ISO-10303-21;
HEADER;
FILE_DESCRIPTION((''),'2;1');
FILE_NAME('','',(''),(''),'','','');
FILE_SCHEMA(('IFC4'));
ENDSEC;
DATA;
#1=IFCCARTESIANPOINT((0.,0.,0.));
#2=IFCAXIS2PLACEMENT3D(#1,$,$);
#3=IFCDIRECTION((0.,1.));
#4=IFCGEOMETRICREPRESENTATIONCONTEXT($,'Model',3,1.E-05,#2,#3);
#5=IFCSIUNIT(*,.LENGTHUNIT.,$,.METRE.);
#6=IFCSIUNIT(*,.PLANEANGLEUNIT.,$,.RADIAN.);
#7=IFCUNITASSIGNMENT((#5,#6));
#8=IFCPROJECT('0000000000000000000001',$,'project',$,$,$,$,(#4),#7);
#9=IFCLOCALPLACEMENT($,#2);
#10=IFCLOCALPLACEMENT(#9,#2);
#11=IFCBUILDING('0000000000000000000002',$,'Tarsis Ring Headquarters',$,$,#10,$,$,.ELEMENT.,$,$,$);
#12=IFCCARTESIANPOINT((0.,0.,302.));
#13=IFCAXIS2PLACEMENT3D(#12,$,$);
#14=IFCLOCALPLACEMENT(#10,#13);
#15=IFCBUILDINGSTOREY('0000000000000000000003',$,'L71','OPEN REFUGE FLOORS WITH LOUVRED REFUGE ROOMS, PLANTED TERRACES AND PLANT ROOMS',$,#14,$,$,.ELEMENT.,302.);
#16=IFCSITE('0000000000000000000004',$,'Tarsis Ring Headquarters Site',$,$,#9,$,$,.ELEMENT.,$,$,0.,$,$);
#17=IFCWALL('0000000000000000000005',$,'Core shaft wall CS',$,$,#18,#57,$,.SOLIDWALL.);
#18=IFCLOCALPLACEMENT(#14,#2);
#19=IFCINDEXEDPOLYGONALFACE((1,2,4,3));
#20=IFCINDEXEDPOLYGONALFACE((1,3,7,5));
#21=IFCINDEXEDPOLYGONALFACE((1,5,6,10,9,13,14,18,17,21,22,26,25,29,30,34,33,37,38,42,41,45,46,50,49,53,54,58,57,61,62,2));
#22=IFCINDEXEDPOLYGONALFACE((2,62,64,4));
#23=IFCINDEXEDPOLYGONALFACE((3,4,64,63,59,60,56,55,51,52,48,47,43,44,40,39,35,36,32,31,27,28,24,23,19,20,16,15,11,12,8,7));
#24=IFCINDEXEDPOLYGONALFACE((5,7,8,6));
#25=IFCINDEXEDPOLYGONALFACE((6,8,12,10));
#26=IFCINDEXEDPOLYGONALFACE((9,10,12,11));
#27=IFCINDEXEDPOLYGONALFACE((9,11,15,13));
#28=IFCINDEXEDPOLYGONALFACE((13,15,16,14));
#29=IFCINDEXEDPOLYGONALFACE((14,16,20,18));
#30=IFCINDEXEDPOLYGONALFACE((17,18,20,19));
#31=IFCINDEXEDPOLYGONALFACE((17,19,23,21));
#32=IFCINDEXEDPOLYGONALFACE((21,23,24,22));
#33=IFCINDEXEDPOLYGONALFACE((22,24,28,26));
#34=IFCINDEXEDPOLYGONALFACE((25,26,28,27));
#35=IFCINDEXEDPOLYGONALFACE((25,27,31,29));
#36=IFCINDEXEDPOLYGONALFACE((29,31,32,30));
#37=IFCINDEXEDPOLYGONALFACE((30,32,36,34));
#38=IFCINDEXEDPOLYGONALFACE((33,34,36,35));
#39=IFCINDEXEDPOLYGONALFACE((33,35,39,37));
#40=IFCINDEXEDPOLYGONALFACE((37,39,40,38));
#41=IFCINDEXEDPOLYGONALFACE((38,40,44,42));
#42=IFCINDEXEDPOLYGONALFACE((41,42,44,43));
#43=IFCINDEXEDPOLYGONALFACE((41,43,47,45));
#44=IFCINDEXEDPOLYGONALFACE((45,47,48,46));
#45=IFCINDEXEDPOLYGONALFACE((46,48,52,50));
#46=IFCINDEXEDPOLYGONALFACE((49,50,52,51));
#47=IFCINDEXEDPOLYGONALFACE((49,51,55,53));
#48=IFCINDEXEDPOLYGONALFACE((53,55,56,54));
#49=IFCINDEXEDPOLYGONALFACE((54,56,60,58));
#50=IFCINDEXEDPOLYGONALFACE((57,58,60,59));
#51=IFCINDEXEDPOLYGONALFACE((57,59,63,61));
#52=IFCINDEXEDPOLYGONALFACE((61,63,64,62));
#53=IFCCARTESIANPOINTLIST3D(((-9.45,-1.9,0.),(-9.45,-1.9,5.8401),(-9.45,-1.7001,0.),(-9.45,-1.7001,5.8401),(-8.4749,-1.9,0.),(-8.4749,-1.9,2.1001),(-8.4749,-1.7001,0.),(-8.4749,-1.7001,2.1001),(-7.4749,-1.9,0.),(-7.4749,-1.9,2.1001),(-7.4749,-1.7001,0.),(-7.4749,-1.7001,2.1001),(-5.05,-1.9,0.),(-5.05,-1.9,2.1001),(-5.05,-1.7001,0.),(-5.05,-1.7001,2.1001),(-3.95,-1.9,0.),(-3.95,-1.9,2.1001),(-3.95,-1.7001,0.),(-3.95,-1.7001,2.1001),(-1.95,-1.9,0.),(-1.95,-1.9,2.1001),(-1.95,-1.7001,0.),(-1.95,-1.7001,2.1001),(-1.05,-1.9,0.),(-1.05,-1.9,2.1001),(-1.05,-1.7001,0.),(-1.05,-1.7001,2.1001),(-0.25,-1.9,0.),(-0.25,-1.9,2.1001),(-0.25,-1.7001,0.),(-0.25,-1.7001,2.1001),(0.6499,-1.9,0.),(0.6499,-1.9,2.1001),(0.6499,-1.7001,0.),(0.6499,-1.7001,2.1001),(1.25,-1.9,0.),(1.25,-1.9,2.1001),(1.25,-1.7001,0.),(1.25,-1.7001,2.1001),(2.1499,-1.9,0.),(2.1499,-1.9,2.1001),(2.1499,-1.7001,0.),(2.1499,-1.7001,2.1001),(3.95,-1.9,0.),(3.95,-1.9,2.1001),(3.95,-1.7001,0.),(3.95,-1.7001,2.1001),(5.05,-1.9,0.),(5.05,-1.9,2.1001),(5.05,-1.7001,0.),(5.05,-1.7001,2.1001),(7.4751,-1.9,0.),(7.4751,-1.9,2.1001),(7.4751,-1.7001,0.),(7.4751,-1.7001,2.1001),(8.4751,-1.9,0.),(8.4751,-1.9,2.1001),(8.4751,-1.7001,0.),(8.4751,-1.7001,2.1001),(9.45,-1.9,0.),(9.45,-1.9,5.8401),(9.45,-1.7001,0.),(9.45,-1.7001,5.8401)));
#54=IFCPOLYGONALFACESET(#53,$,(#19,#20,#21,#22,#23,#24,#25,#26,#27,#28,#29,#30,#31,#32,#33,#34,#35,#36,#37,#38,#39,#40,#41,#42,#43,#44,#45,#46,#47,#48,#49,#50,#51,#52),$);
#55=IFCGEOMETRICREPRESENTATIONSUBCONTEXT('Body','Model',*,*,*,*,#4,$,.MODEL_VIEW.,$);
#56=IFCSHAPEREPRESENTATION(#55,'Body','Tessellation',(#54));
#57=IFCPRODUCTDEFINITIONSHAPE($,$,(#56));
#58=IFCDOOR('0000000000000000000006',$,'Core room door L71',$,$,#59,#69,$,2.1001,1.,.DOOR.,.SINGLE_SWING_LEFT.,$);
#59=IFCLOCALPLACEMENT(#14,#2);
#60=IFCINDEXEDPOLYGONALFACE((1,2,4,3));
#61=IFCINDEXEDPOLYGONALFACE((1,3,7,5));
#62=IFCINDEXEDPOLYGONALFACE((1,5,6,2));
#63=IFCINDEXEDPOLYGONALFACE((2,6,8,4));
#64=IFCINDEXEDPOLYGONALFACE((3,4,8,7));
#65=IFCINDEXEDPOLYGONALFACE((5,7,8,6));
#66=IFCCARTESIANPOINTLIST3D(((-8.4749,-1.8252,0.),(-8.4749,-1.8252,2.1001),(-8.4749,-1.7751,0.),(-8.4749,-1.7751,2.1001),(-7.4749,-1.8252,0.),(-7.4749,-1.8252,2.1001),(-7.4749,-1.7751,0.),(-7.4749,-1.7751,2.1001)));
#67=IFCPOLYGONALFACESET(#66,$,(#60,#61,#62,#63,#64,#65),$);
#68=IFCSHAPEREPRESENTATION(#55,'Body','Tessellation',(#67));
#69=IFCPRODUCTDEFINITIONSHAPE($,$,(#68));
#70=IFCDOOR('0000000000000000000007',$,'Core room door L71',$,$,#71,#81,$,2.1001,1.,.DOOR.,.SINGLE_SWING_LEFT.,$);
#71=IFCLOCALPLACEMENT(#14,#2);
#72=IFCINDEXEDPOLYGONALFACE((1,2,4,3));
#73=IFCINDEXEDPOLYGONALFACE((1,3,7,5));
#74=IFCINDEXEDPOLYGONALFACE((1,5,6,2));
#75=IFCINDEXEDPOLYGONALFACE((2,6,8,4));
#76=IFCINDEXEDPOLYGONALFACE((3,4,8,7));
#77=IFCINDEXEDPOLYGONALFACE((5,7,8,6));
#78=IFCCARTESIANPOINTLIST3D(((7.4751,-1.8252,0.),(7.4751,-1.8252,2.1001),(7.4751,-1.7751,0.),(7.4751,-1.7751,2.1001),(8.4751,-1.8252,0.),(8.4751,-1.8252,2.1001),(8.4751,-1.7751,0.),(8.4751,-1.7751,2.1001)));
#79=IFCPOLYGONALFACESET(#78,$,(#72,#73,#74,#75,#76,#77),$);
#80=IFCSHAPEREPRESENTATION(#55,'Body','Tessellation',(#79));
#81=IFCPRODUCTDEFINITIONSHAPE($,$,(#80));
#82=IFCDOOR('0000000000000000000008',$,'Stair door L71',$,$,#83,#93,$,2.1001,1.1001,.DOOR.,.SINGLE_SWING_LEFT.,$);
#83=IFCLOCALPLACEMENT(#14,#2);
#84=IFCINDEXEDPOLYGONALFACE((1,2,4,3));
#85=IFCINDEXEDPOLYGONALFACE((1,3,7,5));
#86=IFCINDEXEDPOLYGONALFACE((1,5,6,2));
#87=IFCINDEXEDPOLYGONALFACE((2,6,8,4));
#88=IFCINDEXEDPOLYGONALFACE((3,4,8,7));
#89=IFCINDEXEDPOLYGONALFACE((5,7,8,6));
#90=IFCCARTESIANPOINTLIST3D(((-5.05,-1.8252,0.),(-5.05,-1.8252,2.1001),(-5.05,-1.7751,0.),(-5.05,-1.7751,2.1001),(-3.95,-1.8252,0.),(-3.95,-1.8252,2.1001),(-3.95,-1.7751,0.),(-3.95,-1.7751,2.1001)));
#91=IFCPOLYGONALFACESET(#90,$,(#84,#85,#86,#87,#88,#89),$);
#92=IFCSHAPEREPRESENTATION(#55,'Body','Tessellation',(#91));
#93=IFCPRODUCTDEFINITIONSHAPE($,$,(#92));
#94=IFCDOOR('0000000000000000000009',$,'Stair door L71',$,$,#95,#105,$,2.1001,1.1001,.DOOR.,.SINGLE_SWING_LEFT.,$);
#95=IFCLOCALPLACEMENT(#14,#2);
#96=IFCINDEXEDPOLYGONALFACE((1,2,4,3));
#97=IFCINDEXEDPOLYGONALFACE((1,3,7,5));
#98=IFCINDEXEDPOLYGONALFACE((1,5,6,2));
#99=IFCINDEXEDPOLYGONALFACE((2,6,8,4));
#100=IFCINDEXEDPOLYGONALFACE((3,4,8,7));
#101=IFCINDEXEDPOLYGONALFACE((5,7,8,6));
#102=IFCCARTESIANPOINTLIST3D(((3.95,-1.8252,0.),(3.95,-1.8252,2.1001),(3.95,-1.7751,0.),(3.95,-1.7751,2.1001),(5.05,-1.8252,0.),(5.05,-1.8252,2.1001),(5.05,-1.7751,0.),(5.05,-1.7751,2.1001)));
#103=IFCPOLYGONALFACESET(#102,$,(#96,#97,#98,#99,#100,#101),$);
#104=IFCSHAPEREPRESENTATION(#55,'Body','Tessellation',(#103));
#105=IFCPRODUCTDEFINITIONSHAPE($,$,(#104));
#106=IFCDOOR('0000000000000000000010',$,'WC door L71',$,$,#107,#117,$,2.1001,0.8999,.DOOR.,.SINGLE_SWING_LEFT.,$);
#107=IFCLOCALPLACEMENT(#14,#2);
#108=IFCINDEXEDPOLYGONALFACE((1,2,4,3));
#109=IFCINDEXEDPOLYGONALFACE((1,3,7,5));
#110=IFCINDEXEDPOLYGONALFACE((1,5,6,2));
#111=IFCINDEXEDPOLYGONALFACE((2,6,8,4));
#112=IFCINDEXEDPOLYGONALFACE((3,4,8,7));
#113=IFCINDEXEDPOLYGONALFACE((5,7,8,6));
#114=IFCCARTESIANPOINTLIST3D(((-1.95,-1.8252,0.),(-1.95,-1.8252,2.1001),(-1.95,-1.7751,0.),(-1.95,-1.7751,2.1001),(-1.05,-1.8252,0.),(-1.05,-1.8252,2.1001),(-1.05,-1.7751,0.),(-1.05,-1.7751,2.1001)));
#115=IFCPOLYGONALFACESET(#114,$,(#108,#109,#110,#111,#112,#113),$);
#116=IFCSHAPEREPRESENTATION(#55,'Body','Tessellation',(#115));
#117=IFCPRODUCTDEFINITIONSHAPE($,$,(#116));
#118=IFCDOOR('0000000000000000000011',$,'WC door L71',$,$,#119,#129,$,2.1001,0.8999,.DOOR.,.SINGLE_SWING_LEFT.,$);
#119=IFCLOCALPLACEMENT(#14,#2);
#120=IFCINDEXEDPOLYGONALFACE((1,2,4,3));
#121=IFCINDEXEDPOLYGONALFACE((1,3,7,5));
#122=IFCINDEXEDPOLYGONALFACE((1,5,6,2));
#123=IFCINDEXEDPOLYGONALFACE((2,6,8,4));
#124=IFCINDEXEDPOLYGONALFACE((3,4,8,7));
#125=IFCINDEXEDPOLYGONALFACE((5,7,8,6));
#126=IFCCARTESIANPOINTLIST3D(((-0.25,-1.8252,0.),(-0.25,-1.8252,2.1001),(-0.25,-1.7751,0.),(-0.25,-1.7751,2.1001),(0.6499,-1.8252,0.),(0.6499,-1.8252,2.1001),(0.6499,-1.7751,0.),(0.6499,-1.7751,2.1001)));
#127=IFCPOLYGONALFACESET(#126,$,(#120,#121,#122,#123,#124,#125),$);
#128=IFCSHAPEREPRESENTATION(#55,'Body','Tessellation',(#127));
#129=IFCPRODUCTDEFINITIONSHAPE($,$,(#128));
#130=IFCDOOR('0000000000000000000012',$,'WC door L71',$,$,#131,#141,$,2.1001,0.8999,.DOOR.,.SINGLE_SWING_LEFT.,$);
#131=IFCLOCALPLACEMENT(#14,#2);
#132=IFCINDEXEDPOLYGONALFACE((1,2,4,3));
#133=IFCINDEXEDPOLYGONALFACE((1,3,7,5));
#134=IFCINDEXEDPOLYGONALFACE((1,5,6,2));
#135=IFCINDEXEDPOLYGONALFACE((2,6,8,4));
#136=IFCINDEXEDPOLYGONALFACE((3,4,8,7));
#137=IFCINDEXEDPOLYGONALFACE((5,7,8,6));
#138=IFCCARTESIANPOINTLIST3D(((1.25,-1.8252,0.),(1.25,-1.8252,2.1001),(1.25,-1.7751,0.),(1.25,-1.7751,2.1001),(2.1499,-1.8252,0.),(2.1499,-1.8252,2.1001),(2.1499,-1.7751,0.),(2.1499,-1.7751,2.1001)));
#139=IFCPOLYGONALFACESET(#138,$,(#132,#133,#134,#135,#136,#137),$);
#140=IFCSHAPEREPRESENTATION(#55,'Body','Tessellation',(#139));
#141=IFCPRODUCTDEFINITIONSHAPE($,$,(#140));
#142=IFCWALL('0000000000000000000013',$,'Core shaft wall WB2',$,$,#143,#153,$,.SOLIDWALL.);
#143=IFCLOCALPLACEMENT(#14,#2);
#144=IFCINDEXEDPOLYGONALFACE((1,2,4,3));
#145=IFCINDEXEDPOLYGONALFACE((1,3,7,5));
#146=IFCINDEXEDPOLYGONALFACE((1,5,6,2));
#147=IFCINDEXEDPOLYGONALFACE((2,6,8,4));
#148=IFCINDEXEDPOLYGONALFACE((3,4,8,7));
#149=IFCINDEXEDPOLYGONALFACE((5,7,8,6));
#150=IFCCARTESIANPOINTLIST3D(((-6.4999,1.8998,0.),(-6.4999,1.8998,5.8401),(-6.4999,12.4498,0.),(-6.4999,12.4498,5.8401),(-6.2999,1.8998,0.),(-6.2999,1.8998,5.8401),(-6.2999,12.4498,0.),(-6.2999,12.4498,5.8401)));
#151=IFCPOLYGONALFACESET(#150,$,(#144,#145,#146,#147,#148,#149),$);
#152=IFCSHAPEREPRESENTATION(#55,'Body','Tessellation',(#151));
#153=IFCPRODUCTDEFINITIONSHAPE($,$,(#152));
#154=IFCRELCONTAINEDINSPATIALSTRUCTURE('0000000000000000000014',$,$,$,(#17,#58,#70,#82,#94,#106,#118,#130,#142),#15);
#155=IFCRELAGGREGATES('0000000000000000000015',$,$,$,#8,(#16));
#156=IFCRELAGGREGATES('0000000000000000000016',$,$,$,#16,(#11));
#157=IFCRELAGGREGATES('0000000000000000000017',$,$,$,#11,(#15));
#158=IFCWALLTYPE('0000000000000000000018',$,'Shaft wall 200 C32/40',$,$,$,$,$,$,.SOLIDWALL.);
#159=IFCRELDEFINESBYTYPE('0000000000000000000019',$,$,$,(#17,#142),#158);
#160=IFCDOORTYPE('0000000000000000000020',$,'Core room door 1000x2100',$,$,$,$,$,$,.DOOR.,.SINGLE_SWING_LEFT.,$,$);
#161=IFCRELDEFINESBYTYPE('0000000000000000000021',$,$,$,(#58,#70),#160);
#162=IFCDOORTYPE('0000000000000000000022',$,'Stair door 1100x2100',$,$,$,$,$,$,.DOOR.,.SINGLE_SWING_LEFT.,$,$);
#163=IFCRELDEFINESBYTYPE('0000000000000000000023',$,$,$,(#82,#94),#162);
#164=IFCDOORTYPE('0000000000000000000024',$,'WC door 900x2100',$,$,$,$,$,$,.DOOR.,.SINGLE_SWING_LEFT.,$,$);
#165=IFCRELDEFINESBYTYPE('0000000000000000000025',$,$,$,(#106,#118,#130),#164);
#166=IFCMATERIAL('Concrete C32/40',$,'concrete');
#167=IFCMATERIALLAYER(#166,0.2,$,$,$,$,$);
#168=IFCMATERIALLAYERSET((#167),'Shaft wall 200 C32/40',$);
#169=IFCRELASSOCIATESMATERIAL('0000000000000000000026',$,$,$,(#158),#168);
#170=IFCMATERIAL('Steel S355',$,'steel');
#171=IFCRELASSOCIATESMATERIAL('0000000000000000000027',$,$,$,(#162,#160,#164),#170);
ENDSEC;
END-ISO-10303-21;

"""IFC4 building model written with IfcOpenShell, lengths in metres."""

from ifc_helpers import new_model, si_unit, direction, frame, frame_2d, origin, place, context, subcontext, project, spatial, rectangle, extrude, material, layer, layer_set, type_object, element, fill, save


model = new_model("IFC4")

# Units and contexts
model_context = context("Model", 3, precision=1e-05, world=origin(), true_north=direction((0.0, 1.0)))
body_context = subcontext(model_context, "Body", "Model", "MODEL_VIEW")
ifc_project = project(units=[si_unit("LENGTHUNIT", "METRE"), si_unit("PLANEANGLEUNIT", "RADIAN")], contexts=[model_context])

# Site, building, storey
site_placement = place(None, origin())
site = spatial("IfcSite", under=ifc_project, at=site_placement, Name="Tarsis Ring Headquarters Site", CompositionType="ELEMENT", RefElevation=0.0)
building_placement = place(site_placement, origin())
building = spatial("IfcBuilding", under=site, at=building_placement, Name="Tarsis Ring Headquarters", CompositionType="ELEMENT")
storey_placement = place(building_placement, frame((0.0, 0.0, 302.0)))
storey = spatial("IfcBuildingStorey", under=building, at=storey_placement, Name="L71", Description="OPEN REFUGE FLOORS WITH LOUVRED REFUGE ROOMS, PLANTED TERRACES AND PLANT ROOMS", CompositionType="ELEMENT", Elevation=302.0)

# Wall, openings, doors
ifc_material_1 = material(Name="Concrete C32/40", Category="concrete")
ifc_layer_1 = layer(ifc_material_1, 0.2)
ifc_layer_set_1 = layer_set([ifc_layer_1], Name="Shaft wall 200 C32/40")
wall_type_1 = type_object("IfcWallType", Name="Shaft wall 200 C32/40", PredefinedType="SOLIDWALL", material=ifc_layer_set_1)
ifc_material_2 = material(Name="Steel S355", Category="steel")
door_type_1 = type_object("IfcDoorType", Name="Stair door 1100x2100", OperationType="SINGLE_SWING_LEFT", PredefinedType="DOOR", material=ifc_material_2)
wall_1_placement = place(storey_placement, frame((-9.45, -1.8, 0.0), z_axis=(0.0, 0.0, 1.0), x_axis=(1.0, 0.0, 0.0)))
wall_1 = element("IfcWall", 1, at=wall_1_placement, inside=storey, type_object=wall_type_1, Name="Core shaft wall CS", PredefinedType="SOLIDWALL", context=body_context, shape_type="SweptSolid", body=[
    extrude(rectangle(XDim=18.8999, YDim=0.2, at=frame_2d((9.45, 0.0))), origin(), (0.0, 0.0, 1.0), 5.8401),
])
opening_1_placement = place(wall_1_placement, frame((0.9751, 0.0, 0.0)))
opening_1 = element("IfcOpeningElement", 2, at=opening_1_placement, cuts=wall_1, PredefinedType="OPENING", context=body_context, shape_type="SweptSolid", body=[
    extrude(rectangle(XDim=1.0, YDim=2.1001, at=frame_2d((0.5, 1.05))), frame((0.0, 0.1099, 0.0), z_axis=(0.0, -1.0, 0.0), x_axis=(1.0, 0.0, 0.0)), (0.0, 0.0, 1.0), 0.22),
])
opening_2_placement = place(wall_1_placement, frame((4.3999, 0.0, 0.0)))
opening_2 = element("IfcOpeningElement", 3, at=opening_2_placement, cuts=wall_1, PredefinedType="OPENING", context=body_context, shape_type="SweptSolid", body=[
    extrude(rectangle(XDim=1.1001, YDim=2.1001, at=frame_2d((0.55, 1.05))), frame((0.0, 0.1099, 0.0), z_axis=(0.0, -1.0, 0.0), x_axis=(1.0, 0.0, 0.0)), (0.0, 0.0, 1.0), 0.22),
])
opening_3_placement = place(wall_1_placement, frame((7.5, 0.0, 0.0)))
opening_3 = element("IfcOpeningElement", 4, at=opening_3_placement, cuts=wall_1, PredefinedType="OPENING", context=body_context, shape_type="SweptSolid", body=[
    extrude(rectangle(XDim=0.8999, YDim=2.1001, at=frame_2d((0.45, 1.05))), frame((0.0, 0.1099, 0.0), z_axis=(0.0, -1.0, 0.0), x_axis=(1.0, 0.0, 0.0)), (0.0, 0.0, 1.0), 0.22),
])
opening_4_placement = place(wall_1_placement, frame((9.2, 0.0, 0.0)))
opening_4 = element("IfcOpeningElement", 5, at=opening_4_placement, cuts=wall_1, PredefinedType="OPENING", context=body_context, shape_type="SweptSolid", body=[
    extrude(rectangle(XDim=0.8999, YDim=2.1001, at=frame_2d((0.45, 1.05))), frame((0.0, 0.1099, 0.0), z_axis=(0.0, -1.0, 0.0), x_axis=(1.0, 0.0, 0.0)), (0.0, 0.0, 1.0), 0.22),
])
opening_5_placement = place(wall_1_placement, frame((10.7, 0.0, 0.0)))
opening_5 = element("IfcOpeningElement", 6, at=opening_5_placement, cuts=wall_1, PredefinedType="OPENING", context=body_context, shape_type="SweptSolid", body=[
    extrude(rectangle(XDim=0.8999, YDim=2.1001, at=frame_2d((0.45, 1.05))), frame((0.0, 0.1099, 0.0), z_axis=(0.0, -1.0, 0.0), x_axis=(1.0, 0.0, 0.0)), (0.0, 0.0, 1.0), 0.22),
])
opening_6_placement = place(wall_1_placement, frame((13.3999, 0.0, 0.0)))
opening_6 = element("IfcOpeningElement", 7, at=opening_6_placement, cuts=wall_1, PredefinedType="OPENING", context=body_context, shape_type="SweptSolid", body=[
    extrude(rectangle(XDim=1.1001, YDim=2.1001, at=frame_2d((0.55, 1.05))), frame((0.0, 0.1099, 0.0), z_axis=(0.0, -1.0, 0.0), x_axis=(1.0, 0.0, 0.0)), (0.0, 0.0, 1.0), 0.22),
])
opening_7_placement = place(wall_1_placement, frame((16.925, 0.0, 0.0)))
opening_7 = element("IfcOpeningElement", 8, at=opening_7_placement, cuts=wall_1, PredefinedType="OPENING", context=body_context, shape_type="SweptSolid", body=[
    extrude(rectangle(XDim=1.0, YDim=2.1001, at=frame_2d((0.5, 1.05))), frame((0.0, 0.1099, 0.0), z_axis=(0.0, -1.0, 0.0), x_axis=(1.0, 0.0, 0.0)), (0.0, 0.0, 1.0), 0.22),
])
door_type_2 = type_object("IfcDoorType", Name="Core room door 1000x2100", OperationType="SINGLE_SWING_LEFT", PredefinedType="DOOR", material=ifc_material_2)
door_1_placement = place(opening_1_placement, origin())
door_1 = element("IfcDoor", 9, at=door_1_placement, inside=storey, type_object=door_type_2, Name="Core room door L71", OperationType="SINGLE_SWING_LEFT", OverallHeight=2.1001, OverallWidth=1.0, PredefinedType="DOOR", context=body_context, shape_type="SweptSolid", body=[
    extrude(rectangle(XDim=1.0, YDim=2.1001, at=frame_2d((0.5, 1.05))), frame((0.0, 0.0249, 0.0), z_axis=(0.0, -1.0, 0.0), x_axis=(1.0, 0.0, 0.0)), (0.0, 0.0, 1.0), 0.05),
])
fill(opening_1, door_1)
door_2_placement = place(opening_7_placement, origin())
door_2 = element("IfcDoor", 10, at=door_2_placement, inside=storey, type_object=door_type_2, Name="Core room door L71", OperationType="SINGLE_SWING_LEFT", OverallHeight=2.1001, OverallWidth=1.0, PredefinedType="DOOR", context=body_context, shape_type="SweptSolid", body=[
    extrude(rectangle(XDim=1.0, YDim=2.1001, at=frame_2d((0.5, 1.05))), frame((0.0, 0.0249, 0.0), z_axis=(0.0, -1.0, 0.0), x_axis=(1.0, 0.0, 0.0)), (0.0, 0.0, 1.0), 0.05),
])
fill(opening_7, door_2)
door_3_placement = place(opening_2_placement, origin())
door_3 = element("IfcDoor", 11, at=door_3_placement, inside=storey, type_object=door_type_1, Name="Stair door L71", OperationType="SINGLE_SWING_LEFT", OverallHeight=2.1001, OverallWidth=1.1001, PredefinedType="DOOR", context=body_context, shape_type="SweptSolid", body=[
    extrude(rectangle(XDim=1.1001, YDim=2.1001, at=frame_2d((0.55, 1.05))), frame((0.0, 0.0249, 0.0), z_axis=(0.0, -1.0, 0.0), x_axis=(1.0, 0.0, 0.0)), (0.0, 0.0, 1.0), 0.05),
])
fill(opening_2, door_3)
door_4_placement = place(opening_6_placement, origin())
door_4 = element("IfcDoor", 12, at=door_4_placement, inside=storey, type_object=door_type_1, Name="Stair door L71", OperationType="SINGLE_SWING_LEFT", OverallHeight=2.1001, OverallWidth=1.1001, PredefinedType="DOOR", context=body_context, shape_type="SweptSolid", body=[
    extrude(rectangle(XDim=1.1001, YDim=2.1001, at=frame_2d((0.55, 1.05))), frame((0.0, 0.0249, 0.0), z_axis=(0.0, -1.0, 0.0), x_axis=(1.0, 0.0, 0.0)), (0.0, 0.0, 1.0), 0.05),
])
fill(opening_6, door_4)
door_type_3 = type_object("IfcDoorType", Name="WC door 900x2100", OperationType="SINGLE_SWING_LEFT", PredefinedType="DOOR", material=ifc_material_2)
door_5_placement = place(opening_3_placement, origin())
door_5 = element("IfcDoor", 13, at=door_5_placement, inside=storey, type_object=door_type_3, Name="WC door L71", OperationType="SINGLE_SWING_LEFT", OverallHeight=2.1001, OverallWidth=0.8999, PredefinedType="DOOR", context=body_context, shape_type="SweptSolid", body=[
    extrude(rectangle(XDim=0.8999, YDim=2.1001, at=frame_2d((0.45, 1.05))), frame((0.0, 0.0249, 0.0), z_axis=(0.0, -1.0, 0.0), x_axis=(1.0, 0.0, 0.0)), (0.0, 0.0, 1.0), 0.05),
])
fill(opening_3, door_5)
door_6_placement = place(opening_4_placement, origin())
door_6 = element("IfcDoor", 14, at=door_6_placement, inside=storey, type_object=door_type_3, Name="WC door L71", OperationType="SINGLE_SWING_LEFT", OverallHeight=2.1001, OverallWidth=0.8999, PredefinedType="DOOR", context=body_context, shape_type="SweptSolid", body=[
    extrude(rectangle(XDim=0.8999, YDim=2.1001, at=frame_2d((0.45, 1.05))), frame((0.0, 0.0249, 0.0), z_axis=(0.0, -1.0, 0.0), x_axis=(1.0, 0.0, 0.0)), (0.0, 0.0, 1.0), 0.05),
])
fill(opening_4, door_6)
door_7_placement = place(opening_5_placement, origin())
door_7 = element("IfcDoor", 15, at=door_7_placement, inside=storey, type_object=door_type_3, Name="WC door L71", OperationType="SINGLE_SWING_LEFT", OverallHeight=2.1001, OverallWidth=0.8999, PredefinedType="DOOR", context=body_context, shape_type="SweptSolid", body=[
    extrude(rectangle(XDim=0.8999, YDim=2.1001, at=frame_2d((0.45, 1.05))), frame((0.0, 0.0249, 0.0), z_axis=(0.0, -1.0, 0.0), x_axis=(1.0, 0.0, 0.0)), (0.0, 0.0, 1.0), 0.05),
])
fill(opening_5, door_7)

# Wall
wall_2_placement = place(storey_placement, frame((-6.3999, 1.8999, 0.0), z_axis=(0.0, 0.0, 1.0), x_axis=(0.0, 1.0, 0.0)))
element("IfcWall", 16, at=wall_2_placement, inside=storey, type_object=wall_type_1, Name="Core shaft wall WB2", PredefinedType="SOLIDWALL", context=body_context, shape_type="SweptSolid", body=[
    extrude(rectangle(XDim=10.55, YDim=0.2, at=frame_2d((5.2749, 0.0))), origin(), (0.0, 0.0, 1.0), 5.8401),
])

save(model, "model.ifc")
